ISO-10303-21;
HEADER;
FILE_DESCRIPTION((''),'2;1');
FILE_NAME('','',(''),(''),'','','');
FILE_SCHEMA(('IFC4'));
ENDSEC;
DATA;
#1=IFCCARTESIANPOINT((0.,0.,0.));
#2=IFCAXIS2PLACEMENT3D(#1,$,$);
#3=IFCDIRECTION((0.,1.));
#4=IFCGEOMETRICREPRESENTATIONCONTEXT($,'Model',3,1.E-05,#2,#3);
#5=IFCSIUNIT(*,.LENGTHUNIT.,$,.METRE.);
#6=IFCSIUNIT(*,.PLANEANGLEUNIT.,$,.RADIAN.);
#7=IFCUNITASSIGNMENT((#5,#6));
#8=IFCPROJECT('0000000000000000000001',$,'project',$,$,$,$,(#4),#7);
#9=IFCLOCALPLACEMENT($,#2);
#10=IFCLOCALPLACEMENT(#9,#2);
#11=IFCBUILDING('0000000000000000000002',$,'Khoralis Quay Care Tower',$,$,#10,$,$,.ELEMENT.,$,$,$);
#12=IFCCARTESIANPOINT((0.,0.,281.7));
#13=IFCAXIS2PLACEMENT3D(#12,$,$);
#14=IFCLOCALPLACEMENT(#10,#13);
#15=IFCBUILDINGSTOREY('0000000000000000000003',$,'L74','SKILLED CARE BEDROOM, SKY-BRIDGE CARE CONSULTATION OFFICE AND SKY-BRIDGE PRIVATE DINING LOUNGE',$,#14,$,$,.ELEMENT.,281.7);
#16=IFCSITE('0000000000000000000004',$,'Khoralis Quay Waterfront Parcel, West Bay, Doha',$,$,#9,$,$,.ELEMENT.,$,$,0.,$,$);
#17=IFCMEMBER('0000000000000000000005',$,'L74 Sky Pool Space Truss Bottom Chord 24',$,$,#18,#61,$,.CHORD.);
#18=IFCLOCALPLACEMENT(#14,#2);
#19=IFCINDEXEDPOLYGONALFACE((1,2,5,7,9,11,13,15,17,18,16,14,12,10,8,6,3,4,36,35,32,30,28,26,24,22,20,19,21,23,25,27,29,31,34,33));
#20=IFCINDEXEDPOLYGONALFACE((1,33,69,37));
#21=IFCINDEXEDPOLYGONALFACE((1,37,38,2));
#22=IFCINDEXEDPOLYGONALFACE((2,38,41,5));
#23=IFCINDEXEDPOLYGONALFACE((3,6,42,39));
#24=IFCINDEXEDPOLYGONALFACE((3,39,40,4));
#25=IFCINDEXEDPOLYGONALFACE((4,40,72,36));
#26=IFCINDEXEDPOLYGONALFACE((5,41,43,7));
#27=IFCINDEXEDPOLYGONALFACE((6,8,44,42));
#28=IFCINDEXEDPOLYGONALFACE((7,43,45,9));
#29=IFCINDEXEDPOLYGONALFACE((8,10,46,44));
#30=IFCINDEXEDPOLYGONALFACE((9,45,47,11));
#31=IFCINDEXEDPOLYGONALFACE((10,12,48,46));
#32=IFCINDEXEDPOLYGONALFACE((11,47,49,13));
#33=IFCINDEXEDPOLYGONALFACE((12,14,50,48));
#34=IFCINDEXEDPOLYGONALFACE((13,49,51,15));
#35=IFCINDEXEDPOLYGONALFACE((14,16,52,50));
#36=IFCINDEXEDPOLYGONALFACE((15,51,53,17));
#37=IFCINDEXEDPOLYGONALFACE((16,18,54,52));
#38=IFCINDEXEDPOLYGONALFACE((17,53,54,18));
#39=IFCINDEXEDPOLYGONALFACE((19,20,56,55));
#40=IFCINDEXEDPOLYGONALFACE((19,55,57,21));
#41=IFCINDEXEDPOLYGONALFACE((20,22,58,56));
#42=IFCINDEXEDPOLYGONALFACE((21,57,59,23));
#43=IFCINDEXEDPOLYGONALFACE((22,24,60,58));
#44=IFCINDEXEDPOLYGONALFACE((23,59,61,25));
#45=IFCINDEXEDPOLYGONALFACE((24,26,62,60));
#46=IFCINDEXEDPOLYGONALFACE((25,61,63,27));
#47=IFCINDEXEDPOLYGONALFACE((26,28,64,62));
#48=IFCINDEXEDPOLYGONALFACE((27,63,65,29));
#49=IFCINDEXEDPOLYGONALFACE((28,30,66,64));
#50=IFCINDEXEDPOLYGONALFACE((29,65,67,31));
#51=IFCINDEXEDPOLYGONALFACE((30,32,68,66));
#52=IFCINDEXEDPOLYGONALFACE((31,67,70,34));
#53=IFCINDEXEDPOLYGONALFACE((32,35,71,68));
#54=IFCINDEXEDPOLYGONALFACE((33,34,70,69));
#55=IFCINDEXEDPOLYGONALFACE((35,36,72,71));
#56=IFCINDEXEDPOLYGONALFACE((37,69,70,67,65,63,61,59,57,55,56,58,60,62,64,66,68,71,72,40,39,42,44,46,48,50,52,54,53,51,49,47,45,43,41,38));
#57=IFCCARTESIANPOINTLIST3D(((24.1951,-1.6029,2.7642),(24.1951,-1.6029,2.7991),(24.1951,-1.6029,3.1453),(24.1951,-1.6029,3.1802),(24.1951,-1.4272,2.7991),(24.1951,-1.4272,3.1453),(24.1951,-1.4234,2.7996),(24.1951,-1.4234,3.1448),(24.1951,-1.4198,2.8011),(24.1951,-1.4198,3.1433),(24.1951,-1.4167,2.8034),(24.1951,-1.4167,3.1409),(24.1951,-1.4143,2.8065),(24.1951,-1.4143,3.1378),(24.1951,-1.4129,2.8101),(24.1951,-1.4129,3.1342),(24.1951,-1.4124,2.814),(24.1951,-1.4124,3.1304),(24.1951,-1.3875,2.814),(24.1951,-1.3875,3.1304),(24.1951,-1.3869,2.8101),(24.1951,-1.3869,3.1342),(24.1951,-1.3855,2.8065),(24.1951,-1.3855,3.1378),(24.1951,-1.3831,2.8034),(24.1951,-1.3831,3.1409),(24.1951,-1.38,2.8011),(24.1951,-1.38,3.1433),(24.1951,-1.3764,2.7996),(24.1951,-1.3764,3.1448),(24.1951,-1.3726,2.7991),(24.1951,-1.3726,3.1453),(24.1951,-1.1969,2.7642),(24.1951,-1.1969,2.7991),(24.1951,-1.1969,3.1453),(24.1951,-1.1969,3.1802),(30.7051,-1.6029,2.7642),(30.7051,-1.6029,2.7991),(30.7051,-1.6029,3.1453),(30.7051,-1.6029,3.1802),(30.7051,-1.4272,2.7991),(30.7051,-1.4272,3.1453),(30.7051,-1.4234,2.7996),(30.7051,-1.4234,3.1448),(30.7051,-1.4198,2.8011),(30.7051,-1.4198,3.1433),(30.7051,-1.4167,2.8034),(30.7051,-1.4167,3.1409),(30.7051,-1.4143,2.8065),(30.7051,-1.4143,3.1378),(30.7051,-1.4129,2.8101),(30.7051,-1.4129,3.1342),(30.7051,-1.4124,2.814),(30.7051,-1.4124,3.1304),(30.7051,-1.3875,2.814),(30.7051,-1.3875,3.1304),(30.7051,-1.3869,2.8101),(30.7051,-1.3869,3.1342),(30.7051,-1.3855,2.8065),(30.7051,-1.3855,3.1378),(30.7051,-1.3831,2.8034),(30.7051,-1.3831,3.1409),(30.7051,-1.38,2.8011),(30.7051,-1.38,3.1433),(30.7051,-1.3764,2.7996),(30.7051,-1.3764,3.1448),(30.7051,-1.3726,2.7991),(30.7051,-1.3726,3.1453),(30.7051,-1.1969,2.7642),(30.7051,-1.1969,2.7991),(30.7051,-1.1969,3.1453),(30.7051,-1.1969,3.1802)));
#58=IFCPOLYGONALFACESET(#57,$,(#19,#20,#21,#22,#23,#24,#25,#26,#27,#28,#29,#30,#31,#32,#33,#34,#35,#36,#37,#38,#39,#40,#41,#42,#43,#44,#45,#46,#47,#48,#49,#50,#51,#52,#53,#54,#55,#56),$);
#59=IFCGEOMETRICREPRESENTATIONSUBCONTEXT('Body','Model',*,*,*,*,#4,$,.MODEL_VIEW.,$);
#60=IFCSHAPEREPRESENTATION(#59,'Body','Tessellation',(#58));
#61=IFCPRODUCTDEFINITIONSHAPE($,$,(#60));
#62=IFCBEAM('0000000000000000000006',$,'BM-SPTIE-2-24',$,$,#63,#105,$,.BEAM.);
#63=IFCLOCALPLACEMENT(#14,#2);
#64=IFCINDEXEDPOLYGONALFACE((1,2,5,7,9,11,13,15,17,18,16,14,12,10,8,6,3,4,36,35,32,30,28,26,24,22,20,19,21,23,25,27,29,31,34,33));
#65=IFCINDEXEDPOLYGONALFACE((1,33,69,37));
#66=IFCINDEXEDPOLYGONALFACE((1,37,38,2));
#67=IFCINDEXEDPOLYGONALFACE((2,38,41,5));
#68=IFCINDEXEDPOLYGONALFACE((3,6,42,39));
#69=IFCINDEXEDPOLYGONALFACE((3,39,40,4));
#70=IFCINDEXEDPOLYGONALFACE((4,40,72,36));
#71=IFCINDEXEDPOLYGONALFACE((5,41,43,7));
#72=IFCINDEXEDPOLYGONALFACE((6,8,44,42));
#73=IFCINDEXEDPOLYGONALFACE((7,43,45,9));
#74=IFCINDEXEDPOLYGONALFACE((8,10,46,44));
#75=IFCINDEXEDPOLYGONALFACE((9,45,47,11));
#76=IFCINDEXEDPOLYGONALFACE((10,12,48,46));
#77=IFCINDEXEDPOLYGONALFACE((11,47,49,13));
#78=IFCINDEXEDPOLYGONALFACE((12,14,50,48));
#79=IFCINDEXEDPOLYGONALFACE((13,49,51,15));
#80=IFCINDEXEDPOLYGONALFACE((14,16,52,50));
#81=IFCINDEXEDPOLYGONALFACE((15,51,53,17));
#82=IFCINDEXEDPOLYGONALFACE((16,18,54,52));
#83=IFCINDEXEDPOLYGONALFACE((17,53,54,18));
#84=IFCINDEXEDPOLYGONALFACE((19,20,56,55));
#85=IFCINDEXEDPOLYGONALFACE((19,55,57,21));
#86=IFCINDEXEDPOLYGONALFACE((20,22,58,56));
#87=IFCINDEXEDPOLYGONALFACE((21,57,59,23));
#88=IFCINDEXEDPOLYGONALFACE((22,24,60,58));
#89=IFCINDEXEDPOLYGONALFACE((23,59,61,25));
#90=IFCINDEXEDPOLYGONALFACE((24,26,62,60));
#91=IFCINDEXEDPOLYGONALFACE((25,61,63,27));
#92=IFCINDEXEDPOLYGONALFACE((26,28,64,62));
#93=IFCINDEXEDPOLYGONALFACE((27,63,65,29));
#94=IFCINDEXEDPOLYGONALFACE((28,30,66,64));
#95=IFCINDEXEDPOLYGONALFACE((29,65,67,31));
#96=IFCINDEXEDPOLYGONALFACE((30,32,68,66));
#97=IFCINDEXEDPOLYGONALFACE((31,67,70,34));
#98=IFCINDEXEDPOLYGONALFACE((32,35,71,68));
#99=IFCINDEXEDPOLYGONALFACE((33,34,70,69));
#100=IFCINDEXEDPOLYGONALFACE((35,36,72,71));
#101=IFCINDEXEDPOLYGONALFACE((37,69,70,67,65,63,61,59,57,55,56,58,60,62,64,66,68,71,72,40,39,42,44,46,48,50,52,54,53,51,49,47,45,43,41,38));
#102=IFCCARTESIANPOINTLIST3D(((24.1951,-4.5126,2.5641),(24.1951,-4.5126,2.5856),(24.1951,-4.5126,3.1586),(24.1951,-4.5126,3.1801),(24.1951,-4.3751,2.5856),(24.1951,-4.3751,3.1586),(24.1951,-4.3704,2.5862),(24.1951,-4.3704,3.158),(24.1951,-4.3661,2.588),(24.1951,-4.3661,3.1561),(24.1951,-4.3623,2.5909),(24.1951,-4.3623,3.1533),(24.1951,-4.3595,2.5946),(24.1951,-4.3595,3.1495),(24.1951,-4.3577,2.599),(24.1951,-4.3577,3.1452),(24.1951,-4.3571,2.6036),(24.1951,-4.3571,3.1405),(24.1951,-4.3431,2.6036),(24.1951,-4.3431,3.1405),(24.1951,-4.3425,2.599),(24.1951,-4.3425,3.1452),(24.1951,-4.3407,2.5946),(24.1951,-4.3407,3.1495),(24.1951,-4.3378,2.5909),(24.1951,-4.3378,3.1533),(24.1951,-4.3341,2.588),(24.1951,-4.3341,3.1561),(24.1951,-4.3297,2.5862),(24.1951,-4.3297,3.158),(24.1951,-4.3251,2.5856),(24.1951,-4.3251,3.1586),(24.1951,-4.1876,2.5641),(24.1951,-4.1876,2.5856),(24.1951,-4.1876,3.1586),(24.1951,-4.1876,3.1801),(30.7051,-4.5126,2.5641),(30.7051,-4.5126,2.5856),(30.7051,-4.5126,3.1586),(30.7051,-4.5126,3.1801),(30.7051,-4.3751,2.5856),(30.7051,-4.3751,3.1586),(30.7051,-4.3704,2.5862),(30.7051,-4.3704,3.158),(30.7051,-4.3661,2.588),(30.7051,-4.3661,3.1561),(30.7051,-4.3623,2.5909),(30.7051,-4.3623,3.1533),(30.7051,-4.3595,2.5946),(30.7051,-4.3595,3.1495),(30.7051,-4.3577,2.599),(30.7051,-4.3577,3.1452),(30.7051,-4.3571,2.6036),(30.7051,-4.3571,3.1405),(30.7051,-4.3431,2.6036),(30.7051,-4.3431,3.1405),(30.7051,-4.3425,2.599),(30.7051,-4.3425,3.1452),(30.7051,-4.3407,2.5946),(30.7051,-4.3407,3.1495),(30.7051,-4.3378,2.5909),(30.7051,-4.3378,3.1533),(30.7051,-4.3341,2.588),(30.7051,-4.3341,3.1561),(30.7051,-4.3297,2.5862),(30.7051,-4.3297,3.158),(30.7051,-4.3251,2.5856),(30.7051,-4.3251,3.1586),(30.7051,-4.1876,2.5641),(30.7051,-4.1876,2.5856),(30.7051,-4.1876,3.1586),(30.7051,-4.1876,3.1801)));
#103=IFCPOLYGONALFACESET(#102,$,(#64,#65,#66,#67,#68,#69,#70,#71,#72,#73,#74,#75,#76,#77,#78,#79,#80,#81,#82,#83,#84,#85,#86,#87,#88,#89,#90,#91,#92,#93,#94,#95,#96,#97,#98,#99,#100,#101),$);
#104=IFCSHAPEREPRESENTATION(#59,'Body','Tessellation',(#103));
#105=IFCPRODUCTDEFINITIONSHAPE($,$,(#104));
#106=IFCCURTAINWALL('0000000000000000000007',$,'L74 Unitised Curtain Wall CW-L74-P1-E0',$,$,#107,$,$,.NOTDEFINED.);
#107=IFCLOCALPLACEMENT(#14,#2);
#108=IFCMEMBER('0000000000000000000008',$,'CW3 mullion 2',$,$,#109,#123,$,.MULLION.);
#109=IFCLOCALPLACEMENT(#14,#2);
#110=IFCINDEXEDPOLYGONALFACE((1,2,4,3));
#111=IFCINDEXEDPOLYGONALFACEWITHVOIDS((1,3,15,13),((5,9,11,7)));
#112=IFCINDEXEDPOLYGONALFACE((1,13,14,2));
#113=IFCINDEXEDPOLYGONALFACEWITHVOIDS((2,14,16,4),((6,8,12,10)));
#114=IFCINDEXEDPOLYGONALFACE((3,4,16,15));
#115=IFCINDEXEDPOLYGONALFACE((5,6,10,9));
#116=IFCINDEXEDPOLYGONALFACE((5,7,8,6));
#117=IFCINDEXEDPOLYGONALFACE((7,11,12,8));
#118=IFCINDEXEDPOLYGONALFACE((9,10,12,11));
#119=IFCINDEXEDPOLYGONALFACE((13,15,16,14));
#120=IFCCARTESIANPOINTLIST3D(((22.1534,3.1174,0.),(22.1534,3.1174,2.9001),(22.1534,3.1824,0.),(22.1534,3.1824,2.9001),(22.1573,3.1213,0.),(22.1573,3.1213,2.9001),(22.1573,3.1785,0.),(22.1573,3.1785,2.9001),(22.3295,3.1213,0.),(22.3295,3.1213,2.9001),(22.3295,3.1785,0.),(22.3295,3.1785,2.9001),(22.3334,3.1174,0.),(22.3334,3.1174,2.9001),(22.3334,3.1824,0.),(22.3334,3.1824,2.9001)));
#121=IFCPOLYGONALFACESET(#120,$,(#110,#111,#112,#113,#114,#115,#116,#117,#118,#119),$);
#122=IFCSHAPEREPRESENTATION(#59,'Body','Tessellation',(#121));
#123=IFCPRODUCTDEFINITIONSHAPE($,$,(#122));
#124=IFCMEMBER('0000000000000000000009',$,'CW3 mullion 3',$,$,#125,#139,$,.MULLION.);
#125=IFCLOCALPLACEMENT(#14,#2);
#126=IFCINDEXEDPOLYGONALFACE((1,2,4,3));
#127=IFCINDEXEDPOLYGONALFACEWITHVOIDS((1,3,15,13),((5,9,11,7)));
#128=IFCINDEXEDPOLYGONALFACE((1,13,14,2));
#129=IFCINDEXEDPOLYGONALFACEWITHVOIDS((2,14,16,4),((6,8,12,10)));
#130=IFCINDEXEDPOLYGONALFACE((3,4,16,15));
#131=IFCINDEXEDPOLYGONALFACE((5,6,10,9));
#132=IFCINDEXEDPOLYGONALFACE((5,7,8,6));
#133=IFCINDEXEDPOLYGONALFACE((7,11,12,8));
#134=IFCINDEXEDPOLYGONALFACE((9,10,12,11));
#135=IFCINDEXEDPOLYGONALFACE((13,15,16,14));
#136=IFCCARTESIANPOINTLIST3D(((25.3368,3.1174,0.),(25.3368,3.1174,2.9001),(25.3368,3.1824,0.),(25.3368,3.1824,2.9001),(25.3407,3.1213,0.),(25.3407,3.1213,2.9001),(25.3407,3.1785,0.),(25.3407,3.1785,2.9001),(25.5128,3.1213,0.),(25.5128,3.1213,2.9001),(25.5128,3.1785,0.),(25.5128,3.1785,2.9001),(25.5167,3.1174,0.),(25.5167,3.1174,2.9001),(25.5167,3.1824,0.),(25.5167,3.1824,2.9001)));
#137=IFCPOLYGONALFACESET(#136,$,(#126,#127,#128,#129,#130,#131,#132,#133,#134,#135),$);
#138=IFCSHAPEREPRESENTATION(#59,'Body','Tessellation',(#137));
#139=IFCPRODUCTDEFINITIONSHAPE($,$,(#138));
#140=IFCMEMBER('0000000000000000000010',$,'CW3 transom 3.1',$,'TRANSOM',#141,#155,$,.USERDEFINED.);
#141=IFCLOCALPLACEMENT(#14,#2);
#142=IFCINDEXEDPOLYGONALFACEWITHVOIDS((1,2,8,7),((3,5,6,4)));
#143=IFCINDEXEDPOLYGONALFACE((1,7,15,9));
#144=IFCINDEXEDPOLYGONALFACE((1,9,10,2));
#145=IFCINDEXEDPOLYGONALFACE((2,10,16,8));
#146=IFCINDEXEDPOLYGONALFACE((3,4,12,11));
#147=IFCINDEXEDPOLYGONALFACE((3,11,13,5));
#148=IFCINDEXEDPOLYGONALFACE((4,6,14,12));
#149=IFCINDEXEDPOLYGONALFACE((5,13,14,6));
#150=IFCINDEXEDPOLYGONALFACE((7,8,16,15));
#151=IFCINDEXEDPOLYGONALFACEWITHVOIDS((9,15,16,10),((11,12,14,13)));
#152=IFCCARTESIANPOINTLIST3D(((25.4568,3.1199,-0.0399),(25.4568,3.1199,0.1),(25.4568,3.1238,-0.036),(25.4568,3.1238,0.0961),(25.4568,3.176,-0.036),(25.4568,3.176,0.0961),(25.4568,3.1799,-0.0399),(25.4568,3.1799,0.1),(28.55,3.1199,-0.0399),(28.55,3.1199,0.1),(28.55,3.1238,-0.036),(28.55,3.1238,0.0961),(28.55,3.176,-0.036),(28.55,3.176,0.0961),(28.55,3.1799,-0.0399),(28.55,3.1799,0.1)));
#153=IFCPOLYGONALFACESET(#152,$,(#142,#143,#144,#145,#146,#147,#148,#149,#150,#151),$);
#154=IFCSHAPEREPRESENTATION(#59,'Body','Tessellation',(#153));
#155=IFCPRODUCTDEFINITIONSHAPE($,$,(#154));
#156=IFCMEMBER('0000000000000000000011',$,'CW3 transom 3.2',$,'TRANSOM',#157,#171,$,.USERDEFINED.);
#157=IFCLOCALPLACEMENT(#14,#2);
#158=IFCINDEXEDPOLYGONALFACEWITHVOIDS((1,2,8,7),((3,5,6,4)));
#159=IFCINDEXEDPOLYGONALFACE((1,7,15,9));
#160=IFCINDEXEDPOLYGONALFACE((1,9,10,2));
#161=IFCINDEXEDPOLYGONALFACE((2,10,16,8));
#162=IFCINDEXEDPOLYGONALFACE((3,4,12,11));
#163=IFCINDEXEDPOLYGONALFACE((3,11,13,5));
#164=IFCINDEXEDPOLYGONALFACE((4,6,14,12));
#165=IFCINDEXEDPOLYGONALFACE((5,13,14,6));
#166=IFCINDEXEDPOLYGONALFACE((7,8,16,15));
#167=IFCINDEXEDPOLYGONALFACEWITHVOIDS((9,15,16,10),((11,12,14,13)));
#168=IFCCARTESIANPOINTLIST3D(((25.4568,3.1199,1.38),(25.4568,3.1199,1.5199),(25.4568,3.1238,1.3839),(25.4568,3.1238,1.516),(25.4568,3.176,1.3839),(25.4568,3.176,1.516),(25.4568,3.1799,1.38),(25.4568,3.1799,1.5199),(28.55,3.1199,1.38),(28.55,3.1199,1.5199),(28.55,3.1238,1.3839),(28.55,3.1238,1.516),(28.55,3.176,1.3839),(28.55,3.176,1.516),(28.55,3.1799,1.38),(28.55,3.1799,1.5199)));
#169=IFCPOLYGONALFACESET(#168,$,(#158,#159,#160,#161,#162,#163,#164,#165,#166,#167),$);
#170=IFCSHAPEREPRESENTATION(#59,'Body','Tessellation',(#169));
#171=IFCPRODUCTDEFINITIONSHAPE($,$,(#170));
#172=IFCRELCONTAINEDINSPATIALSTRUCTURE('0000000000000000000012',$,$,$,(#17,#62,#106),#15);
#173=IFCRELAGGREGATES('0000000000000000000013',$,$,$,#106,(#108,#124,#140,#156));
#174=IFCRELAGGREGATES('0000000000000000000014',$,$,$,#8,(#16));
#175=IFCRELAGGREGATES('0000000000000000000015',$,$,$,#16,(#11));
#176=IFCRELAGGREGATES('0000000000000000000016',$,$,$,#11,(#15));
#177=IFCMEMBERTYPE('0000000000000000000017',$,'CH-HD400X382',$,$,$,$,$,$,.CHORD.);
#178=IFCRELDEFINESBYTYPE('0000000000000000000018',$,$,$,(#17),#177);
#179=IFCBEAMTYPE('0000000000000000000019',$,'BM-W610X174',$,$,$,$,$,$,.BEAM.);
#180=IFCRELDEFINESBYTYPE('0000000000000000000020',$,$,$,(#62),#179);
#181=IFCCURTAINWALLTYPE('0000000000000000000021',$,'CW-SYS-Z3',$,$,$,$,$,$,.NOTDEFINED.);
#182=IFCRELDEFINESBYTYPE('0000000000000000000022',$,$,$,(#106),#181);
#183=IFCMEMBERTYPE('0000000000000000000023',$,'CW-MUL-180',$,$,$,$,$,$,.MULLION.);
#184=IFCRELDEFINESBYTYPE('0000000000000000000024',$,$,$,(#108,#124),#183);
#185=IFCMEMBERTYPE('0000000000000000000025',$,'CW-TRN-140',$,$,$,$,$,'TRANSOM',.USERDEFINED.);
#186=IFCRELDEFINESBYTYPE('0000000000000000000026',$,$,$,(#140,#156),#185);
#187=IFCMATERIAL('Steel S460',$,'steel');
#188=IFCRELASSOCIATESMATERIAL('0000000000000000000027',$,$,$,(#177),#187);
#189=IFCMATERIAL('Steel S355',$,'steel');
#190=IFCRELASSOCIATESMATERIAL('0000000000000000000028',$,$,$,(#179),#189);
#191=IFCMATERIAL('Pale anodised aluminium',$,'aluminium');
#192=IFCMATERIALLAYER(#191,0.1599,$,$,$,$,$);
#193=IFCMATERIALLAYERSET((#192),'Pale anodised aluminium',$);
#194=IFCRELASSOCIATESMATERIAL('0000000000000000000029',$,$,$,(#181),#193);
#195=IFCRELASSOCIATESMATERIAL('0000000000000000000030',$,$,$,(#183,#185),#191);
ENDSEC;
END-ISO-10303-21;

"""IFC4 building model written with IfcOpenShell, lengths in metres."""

from ifc_helpers import new_model, si_unit, direction, frame, origin, origin_2d, place, context, subcontext, project, spatial, hollow_rectangle, i_section, extrude, source, transform, mapped, material, layer, layer_set, material_profile, profile_set, type_object, element, aggregate, save


model = new_model("IFC4")

# Units and contexts
model_context = context("Model", 3, precision=1e-05, world=origin(), true_north=direction((0.0, 1.0)))
body_context = subcontext(model_context, "Body", "Model", "MODEL_VIEW")
ifc_project = project(units=[si_unit("LENGTHUNIT", "METRE"), si_unit("PLANEANGLEUNIT", "RADIAN")], contexts=[model_context])

# Site, building, storey
site_placement = place(None, origin())
site = spatial("IfcSite", under=ifc_project, at=site_placement, Name="Khoralis Quay Waterfront Parcel, West Bay, Doha", CompositionType="ELEMENT", RefElevation=0.0)
building_placement = place(site_placement, origin())
building = spatial("IfcBuilding", under=site, at=building_placement, Name="Khoralis Quay Care Tower", CompositionType="ELEMENT")
storey_placement = place(building_placement, frame((0.0, 0.0, 281.7)))
storey = spatial("IfcBuildingStorey", under=building, at=storey_placement, Name="L74", Description="SKILLED CARE BEDROOM, SKY-BRIDGE CARE CONSULTATION OFFICE AND SKY-BRIDGE PRIVATE DINING LOUNGE", CompositionType="ELEMENT", Elevation=281.7)

# Shared definitions
ifc_material_1 = material(Name="Steel S355", Category="steel")

# Member
ifc_material_2 = material(Name="Steel S460", Category="steel")
ifc_material_profile_1 = material_profile(ifc_material_2, i_section(OverallWidth=0.406, OverallDepth=0.416, WebThickness=0.0249, FlangeThickness=0.0349, FilletRadius=0.0149, at=origin_2d()), Name="Steel S460")
ifc_profile_set_1 = profile_set([ifc_material_profile_1], Name="Steel S460")
member_type_1 = type_object("IfcMemberType", Name="CH-HD400X382", PredefinedType="CHORD", material=ifc_profile_set_1)
shared_shape_1 = source(origin(), body_context, "Body", "SweptSolid", [
    extrude(i_section(OverallWidth=0.406, OverallDepth=0.416, WebThickness=0.0249, FlangeThickness=0.0349, FilletRadius=0.0149, at=origin_2d()), origin(), (0.0, 0.0, 1.0), 6.51),
])
member_1_placement = place(storey_placement, frame((24.1951, -1.3999, 2.9722), z_axis=(1.0, 0.0, 0.0), x_axis=(0.0, 1.0, 0.0)))
element("IfcMember", 1, at=member_1_placement, inside=storey, type_object=member_type_1, Name="L74 Sky Pool Space Truss Bottom Chord 24", PredefinedType="CHORD", context=body_context, shape_type="MappedRepresentation", body=[
    mapped(shared_shape_1, transform((0.0, 0.0, 0.0), scale=1.0)),
])

# Beam
ifc_material_profile_2 = material_profile(ifc_material_1, i_section(OverallWidth=0.325, OverallDepth=0.616, WebThickness=0.0139, FlangeThickness=0.0215, FilletRadius=0.0181, at=origin_2d()), Name="Steel S355")
ifc_profile_set_2 = profile_set([ifc_material_profile_2], Name="Steel S355")
beam_type_1 = type_object("IfcBeamType", Name="BM-W610X174", PredefinedType="BEAM", material=ifc_profile_set_2)
shared_shape_2 = source(origin(), body_context, "Body", "SweptSolid", [
    extrude(i_section(OverallWidth=0.325, OverallDepth=0.616, WebThickness=0.0139, FlangeThickness=0.0215, FilletRadius=0.0181, at=origin_2d()), origin(), (0.0, 0.0, 1.0), 6.51),
])
beam_1_placement = place(storey_placement, frame((24.1951, -4.3501, 2.8721), z_axis=(1.0, 0.0, 0.0), x_axis=(0.0, 1.0, 0.0)))
element("IfcBeam", 2, at=beam_1_placement, inside=storey, type_object=beam_type_1, Name="BM-SPTIE-2-24", PredefinedType="BEAM", context=body_context, shape_type="MappedRepresentation", body=[
    mapped(shared_shape_2, transform((0.0, 0.0, 0.0), scale=1.0)),
])

# Curtain wall, members
ifc_material_3 = material(Name="Pale anodised aluminium", Category="aluminium")
ifc_layer_1 = layer(ifc_material_3, 0.1599)
ifc_layer_set_1 = layer_set([ifc_layer_1], Name="Pale anodised aluminium")
curtain_wall_type = type_object("IfcCurtainWallType", Name="CW-SYS-Z3", PredefinedType="NOTDEFINED", material=ifc_layer_set_1)
curtain_wall_placement = place(storey_placement, origin())
curtain_wall = element("IfcCurtainWall", 3, at=curtain_wall_placement, inside=storey, type_object=curtain_wall_type, Name="L74 Unitised Curtain Wall CW-L74-P1-E0", PredefinedType="NOTDEFINED")
ifc_material_profile_3 = material_profile(ifc_material_3, hollow_rectangle(XDim=0.0649, YDim=0.1799, WallThickness=0.0039, at=origin_2d()), Name="Pale anodised aluminium")
ifc_profile_set_3 = profile_set([ifc_material_profile_3], Name="Pale anodised aluminium")
member_type_2 = type_object("IfcMemberType", Name="CW-MUL-180", PredefinedType="MULLION", material=ifc_profile_set_3)
shared_shape_3 = source(origin(), body_context, "Body", "SweptSolid", [
    extrude(hollow_rectangle(XDim=0.0649, YDim=0.1799, WallThickness=0.0039, at=origin_2d()), origin(), (0.0, 0.0, 1.0), 2.9001),
])
member_2_placement = place(storey_placement, frame((22.2434, 3.1499, 0.0), z_axis=(0.0, 0.0, 1.0), x_axis=(0.0, 1.0, 0.0)))
member_2 = element("IfcMember", 4, at=member_2_placement, type_object=member_type_2, Name="CW3 mullion 2", PredefinedType="MULLION", context=body_context, shape_type="MappedRepresentation", body=[
    mapped(shared_shape_3, transform((0.0, 0.0, 0.0), scale=1.0)),
])
member_3_placement = place(storey_placement, frame((25.4268, 3.1499, 0.0), z_axis=(0.0, 0.0, 1.0), x_axis=(0.0, 1.0, 0.0)))
member_3 = element("IfcMember", 5, at=member_3_placement, type_object=member_type_2, Name="CW3 mullion 3", PredefinedType="MULLION", context=body_context, shape_type="MappedRepresentation", body=[
    mapped(shared_shape_3, transform((0.0, 0.0, 0.0), scale=1.0)),
])
ifc_material_profile_4 = material_profile(ifc_material_3, hollow_rectangle(XDim=0.0601, YDim=0.1399, WallThickness=0.0039, at=origin_2d()), Name="Pale anodised aluminium")
ifc_profile_set_4 = profile_set([ifc_material_profile_4], Name="Pale anodised aluminium")
member_type_3 = type_object("IfcMemberType", Name="CW-TRN-140", ElementType="TRANSOM", PredefinedType="USERDEFINED", material=ifc_profile_set_4)
shared_shape_4 = source(origin(), body_context, "Body", "SweptSolid", [
    extrude(hollow_rectangle(XDim=0.0601, YDim=0.1399, WallThickness=0.0039, at=origin_2d()), origin(), (0.0, 0.0, 1.0), 3.0933),
])
member_4_placement = place(storey_placement, frame((25.4568, 3.1499, 0.03), z_axis=(1.0, 0.0, 0.0), x_axis=(0.0, 1.0, 0.0)))
member_4 = element("IfcMember", 6, at=member_4_placement, type_object=member_type_3, Name="CW3 transom 3.1", ObjectType="TRANSOM", PredefinedType="USERDEFINED", context=body_context, shape_type="MappedRepresentation", body=[
    mapped(shared_shape_4, transform((0.0, 0.0, 0.0), scale=1.0)),
])
member_5_placement = place(storey_placement, frame((25.4568, 3.1499, 1.45), z_axis=(1.0, 0.0, 0.0), x_axis=(0.0, 1.0, 0.0)))
member_5 = element("IfcMember", 7, at=member_5_placement, type_object=member_type_3, Name="CW3 transom 3.2", ObjectType="TRANSOM", PredefinedType="USERDEFINED", context=body_context, shape_type="MappedRepresentation", body=[
    mapped(shared_shape_4, transform((0.0, 0.0, 0.0), scale=1.0)),
])

aggregate(curtain_wall, [member_2, member_3, member_4, member_5])

save(model, "model.ifc")
